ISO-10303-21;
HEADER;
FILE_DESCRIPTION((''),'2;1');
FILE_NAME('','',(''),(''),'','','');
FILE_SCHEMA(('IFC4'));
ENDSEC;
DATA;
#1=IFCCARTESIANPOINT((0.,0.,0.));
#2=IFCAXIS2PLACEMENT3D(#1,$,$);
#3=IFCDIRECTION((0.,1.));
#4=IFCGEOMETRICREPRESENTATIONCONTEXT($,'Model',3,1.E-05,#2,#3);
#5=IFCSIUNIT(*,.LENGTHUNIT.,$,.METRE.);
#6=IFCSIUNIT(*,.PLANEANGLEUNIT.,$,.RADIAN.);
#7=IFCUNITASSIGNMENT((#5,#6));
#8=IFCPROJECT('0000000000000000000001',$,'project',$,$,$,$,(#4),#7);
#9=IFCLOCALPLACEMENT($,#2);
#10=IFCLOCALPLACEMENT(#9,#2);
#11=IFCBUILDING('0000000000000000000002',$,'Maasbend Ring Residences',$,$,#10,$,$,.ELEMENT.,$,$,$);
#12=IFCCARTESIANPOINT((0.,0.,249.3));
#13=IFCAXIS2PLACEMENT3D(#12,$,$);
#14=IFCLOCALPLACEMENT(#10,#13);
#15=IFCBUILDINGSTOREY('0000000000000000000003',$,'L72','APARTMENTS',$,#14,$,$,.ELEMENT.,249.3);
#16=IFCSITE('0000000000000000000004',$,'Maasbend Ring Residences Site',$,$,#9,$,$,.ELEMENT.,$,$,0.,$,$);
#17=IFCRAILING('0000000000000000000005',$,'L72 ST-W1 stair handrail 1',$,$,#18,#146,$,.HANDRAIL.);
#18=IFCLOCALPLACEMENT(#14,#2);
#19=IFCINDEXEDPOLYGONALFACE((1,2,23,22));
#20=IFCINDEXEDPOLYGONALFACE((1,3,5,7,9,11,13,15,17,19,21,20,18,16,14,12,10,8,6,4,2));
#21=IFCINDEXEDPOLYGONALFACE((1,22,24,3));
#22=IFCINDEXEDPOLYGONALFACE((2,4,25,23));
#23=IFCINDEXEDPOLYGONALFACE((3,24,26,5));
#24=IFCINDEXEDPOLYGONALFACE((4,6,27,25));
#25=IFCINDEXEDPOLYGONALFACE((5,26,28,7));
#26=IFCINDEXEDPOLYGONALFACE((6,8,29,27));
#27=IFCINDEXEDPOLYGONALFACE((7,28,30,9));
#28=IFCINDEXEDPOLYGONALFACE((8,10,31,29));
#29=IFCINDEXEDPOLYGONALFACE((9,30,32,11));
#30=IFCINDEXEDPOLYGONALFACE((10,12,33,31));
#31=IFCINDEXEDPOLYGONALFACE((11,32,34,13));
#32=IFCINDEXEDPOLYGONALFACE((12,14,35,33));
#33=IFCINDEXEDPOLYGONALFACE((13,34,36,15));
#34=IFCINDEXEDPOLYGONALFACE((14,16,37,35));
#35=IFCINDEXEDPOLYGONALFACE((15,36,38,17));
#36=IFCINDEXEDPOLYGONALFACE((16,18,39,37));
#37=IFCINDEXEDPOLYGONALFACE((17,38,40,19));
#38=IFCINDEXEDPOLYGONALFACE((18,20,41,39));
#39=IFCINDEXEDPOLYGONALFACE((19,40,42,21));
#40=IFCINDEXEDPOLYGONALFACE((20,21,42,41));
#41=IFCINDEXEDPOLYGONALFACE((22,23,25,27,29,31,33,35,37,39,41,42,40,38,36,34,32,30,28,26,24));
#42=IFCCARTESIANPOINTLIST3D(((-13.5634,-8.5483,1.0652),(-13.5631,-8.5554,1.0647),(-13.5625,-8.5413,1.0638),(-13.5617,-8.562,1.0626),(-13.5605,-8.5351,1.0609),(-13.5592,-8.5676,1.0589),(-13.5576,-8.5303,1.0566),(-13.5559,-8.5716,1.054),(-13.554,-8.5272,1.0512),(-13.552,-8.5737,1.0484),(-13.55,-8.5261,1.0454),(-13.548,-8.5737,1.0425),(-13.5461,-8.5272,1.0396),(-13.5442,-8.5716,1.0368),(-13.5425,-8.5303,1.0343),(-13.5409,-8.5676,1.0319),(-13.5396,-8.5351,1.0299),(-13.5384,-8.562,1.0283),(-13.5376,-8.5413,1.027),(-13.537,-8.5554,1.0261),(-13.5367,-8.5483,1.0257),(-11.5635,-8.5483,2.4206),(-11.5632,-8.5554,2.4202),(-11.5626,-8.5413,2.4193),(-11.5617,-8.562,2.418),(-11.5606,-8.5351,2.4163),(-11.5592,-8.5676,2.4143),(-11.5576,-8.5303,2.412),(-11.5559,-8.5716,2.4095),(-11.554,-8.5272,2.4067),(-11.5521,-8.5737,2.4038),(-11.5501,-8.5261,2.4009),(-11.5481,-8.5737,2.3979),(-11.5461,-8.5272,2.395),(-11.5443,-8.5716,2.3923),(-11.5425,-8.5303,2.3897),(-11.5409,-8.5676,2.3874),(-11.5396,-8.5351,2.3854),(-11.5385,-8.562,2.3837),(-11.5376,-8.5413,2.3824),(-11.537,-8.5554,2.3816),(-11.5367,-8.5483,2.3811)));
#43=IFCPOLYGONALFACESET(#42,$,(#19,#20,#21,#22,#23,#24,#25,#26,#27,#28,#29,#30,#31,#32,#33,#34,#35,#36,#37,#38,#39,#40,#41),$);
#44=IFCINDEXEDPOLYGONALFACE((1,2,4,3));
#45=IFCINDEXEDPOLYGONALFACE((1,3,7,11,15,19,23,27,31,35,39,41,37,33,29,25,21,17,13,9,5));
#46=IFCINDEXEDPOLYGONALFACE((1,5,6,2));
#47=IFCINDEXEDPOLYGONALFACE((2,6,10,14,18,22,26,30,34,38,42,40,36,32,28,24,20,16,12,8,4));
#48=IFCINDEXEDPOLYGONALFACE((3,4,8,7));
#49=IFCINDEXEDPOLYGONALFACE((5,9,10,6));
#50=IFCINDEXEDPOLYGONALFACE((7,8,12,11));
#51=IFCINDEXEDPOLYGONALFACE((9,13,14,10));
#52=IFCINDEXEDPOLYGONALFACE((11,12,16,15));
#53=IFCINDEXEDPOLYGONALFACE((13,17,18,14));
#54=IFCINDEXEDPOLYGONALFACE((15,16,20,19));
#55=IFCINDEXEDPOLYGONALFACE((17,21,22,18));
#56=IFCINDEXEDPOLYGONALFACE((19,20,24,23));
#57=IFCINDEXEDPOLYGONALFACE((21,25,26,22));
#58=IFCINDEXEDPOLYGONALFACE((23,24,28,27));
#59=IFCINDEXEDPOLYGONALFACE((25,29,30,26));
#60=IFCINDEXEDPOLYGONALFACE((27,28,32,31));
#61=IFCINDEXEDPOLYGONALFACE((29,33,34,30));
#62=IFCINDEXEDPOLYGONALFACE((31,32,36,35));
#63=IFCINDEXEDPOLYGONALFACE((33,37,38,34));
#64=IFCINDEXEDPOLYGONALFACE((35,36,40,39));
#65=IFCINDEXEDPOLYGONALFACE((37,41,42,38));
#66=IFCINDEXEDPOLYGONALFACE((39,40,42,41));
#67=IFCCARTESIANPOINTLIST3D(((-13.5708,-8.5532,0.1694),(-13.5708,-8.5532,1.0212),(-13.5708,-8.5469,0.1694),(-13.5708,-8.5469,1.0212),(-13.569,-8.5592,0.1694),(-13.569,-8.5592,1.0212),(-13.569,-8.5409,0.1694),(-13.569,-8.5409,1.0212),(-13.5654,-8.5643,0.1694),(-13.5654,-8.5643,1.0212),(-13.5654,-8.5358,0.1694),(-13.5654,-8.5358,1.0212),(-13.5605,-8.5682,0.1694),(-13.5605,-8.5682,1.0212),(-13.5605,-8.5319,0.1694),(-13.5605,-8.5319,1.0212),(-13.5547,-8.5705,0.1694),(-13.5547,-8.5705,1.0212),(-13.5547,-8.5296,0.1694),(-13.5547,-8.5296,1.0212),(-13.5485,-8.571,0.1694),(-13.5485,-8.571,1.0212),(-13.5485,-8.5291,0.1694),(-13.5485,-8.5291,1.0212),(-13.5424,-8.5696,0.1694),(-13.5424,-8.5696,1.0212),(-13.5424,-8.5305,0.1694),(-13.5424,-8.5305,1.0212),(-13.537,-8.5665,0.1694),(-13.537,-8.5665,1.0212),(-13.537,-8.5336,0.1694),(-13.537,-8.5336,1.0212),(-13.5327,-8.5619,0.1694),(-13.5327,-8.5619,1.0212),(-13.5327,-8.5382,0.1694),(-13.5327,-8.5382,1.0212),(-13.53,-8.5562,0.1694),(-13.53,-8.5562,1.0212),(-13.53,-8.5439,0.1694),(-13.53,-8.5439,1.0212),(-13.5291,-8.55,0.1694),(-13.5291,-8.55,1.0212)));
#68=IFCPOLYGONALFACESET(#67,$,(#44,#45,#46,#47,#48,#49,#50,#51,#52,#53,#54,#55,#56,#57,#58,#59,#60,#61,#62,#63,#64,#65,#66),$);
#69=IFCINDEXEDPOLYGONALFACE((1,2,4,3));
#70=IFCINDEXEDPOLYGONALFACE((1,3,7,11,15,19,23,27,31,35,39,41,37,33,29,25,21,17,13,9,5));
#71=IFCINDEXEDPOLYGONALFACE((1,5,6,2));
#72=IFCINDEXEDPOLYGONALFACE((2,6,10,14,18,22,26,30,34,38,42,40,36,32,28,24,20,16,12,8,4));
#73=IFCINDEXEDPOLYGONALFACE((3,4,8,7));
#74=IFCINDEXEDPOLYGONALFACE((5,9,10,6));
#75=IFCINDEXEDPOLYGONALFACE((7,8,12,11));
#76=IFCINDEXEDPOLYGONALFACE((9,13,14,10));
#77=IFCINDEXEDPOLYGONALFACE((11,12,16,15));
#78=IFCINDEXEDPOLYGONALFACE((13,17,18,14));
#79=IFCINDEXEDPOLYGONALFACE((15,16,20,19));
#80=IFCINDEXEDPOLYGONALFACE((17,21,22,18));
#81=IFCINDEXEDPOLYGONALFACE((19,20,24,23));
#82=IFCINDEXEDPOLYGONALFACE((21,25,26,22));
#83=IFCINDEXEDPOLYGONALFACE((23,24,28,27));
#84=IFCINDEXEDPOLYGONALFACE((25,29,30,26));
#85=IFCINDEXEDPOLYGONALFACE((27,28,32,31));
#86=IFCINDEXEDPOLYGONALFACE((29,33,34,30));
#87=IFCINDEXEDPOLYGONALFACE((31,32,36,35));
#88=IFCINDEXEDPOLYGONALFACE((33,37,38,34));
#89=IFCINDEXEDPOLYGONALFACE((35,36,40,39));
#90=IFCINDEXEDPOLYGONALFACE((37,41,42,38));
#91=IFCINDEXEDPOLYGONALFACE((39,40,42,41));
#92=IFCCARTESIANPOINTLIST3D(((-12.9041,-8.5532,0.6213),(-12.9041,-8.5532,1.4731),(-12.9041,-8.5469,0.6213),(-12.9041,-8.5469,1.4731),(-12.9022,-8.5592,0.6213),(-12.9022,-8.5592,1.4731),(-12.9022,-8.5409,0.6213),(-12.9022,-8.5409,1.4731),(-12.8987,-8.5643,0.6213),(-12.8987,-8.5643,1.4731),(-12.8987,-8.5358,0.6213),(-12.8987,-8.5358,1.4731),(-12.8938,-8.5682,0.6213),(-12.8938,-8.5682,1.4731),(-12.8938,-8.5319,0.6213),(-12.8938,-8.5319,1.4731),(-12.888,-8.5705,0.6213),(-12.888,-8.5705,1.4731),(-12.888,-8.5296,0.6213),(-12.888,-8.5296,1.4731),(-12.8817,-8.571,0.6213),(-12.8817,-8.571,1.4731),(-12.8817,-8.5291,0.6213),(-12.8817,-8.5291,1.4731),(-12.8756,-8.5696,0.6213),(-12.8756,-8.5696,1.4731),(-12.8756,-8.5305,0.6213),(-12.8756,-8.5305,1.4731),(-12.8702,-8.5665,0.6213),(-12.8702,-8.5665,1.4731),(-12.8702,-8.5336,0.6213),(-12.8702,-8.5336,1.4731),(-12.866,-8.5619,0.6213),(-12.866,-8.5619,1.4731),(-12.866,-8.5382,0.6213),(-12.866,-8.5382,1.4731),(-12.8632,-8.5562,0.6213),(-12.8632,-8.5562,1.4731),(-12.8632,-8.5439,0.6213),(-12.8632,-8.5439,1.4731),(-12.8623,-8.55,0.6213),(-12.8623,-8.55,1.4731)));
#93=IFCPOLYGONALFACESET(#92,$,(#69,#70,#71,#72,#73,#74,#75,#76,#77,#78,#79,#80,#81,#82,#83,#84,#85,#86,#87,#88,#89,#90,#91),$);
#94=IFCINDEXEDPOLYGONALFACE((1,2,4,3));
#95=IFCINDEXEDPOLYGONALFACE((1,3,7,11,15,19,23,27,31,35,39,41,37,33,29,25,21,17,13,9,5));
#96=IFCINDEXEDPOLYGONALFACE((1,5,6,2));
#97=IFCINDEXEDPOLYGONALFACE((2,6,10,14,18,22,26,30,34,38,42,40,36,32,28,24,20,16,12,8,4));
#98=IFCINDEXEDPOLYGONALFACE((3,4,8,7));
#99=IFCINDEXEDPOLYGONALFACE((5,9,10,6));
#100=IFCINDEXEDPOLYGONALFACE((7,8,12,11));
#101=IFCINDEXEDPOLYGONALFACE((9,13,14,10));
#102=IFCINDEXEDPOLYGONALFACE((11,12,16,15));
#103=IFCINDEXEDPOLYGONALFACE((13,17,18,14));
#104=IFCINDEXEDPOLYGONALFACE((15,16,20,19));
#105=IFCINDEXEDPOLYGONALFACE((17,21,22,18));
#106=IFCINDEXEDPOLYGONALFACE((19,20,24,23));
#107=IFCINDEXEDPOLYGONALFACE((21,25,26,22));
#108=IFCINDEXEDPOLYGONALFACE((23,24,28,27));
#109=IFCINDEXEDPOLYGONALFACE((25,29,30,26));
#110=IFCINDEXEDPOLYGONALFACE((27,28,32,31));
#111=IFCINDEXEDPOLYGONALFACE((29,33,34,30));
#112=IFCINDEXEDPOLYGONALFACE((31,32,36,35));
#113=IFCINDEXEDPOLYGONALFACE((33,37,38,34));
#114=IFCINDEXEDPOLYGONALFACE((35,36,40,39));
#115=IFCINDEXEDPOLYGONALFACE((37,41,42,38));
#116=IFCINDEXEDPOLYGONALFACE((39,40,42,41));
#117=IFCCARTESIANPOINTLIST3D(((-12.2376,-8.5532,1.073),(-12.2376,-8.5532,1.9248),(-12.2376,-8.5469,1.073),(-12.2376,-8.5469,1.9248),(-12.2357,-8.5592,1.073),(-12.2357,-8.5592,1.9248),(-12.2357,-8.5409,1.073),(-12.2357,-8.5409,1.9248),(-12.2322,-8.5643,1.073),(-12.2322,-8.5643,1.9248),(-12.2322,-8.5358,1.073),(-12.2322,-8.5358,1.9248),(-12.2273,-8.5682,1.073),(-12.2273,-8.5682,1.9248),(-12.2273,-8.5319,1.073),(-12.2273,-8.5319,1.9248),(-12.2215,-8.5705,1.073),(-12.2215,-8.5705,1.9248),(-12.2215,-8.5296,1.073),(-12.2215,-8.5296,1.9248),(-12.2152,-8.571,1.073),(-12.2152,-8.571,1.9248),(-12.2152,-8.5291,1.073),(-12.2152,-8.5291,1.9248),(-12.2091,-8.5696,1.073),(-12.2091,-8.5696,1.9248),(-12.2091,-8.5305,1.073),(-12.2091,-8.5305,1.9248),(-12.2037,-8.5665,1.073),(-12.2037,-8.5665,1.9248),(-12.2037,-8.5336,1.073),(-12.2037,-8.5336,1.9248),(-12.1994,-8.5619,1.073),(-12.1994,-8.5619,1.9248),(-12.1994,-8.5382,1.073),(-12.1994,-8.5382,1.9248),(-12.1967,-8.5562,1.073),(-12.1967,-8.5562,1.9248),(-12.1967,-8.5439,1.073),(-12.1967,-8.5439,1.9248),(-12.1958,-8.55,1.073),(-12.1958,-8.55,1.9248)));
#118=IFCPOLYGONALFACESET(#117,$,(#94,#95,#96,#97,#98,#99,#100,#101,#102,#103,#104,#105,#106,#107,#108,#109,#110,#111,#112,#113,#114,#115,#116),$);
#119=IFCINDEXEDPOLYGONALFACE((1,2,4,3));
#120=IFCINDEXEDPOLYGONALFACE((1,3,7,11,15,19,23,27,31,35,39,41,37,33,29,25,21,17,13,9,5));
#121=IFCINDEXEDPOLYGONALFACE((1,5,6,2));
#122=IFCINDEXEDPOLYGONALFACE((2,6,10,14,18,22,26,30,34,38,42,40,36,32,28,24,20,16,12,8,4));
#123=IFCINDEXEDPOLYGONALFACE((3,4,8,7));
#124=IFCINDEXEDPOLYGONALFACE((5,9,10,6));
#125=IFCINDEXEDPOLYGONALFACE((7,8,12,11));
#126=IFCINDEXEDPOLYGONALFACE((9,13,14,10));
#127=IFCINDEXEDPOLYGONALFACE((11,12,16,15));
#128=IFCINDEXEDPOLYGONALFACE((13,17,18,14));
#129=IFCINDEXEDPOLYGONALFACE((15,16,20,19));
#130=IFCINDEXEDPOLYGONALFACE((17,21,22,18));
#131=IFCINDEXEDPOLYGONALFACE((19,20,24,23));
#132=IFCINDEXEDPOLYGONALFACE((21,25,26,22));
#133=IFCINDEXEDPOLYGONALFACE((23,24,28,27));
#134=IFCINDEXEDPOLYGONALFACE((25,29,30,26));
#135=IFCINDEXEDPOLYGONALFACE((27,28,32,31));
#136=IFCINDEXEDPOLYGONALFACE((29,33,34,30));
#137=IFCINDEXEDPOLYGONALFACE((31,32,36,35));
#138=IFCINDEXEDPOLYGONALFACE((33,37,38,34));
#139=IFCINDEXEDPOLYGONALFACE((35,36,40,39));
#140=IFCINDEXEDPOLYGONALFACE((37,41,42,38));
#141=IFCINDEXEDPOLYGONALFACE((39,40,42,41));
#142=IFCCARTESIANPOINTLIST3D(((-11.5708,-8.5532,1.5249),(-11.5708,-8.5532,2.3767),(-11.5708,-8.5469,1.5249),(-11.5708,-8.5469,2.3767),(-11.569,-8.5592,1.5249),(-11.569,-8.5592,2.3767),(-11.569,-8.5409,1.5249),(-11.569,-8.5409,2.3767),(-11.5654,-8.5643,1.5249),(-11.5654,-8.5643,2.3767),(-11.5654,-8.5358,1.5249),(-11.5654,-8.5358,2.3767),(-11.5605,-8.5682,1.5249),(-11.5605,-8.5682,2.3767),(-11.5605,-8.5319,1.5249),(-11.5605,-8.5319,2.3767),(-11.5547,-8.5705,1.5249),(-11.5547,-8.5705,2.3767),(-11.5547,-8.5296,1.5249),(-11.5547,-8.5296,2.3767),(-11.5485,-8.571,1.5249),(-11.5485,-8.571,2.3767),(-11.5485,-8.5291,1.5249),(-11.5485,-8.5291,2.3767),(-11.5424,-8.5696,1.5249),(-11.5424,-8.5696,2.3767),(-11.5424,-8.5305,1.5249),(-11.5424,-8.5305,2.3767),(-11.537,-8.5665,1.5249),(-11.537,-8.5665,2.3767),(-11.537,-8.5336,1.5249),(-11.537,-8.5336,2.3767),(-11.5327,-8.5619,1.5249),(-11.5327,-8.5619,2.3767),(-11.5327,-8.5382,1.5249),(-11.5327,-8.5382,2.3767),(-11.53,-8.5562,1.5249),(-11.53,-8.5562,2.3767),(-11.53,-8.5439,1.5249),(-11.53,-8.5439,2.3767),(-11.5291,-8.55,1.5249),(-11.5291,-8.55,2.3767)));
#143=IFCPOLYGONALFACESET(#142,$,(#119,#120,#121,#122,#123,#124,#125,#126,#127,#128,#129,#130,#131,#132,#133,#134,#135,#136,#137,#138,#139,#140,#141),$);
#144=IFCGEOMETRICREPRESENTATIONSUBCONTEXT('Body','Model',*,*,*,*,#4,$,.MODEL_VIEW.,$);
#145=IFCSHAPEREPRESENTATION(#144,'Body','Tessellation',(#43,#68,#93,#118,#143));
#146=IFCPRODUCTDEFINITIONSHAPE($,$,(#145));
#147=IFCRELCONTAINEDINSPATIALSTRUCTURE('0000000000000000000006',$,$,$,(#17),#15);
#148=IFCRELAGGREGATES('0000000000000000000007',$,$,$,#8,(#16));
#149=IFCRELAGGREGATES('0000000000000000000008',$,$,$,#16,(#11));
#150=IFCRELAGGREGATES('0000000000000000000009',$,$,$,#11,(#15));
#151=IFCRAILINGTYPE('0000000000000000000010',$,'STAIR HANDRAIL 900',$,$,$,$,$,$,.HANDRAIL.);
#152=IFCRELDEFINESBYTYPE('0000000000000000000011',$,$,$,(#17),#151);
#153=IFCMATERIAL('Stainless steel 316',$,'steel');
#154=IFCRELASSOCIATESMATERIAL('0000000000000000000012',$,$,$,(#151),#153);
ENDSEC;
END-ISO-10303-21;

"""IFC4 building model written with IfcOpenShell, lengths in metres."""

from ifc_helpers import new_model, si_unit, direction, frame, origin, origin_2d, place, context, subcontext, project, spatial, circle, extrude, material, type_object, element, save


model = new_model("IFC4")

# Units and contexts
model_context = context("Model", 3, precision=1e-05, world=origin(), true_north=direction((0.0, 1.0)))
body_context = subcontext(model_context, "Body", "Model", "MODEL_VIEW")
ifc_project = project(units=[si_unit("LENGTHUNIT", "METRE"), si_unit("PLANEANGLEUNIT", "RADIAN")], contexts=[model_context])

# Site, building, storey
site_placement = place(None, origin())
site = spatial("IfcSite", under=ifc_project, at=site_placement, Name="Maasbend Ring Residences Site", CompositionType="ELEMENT", RefElevation=0.0)
building_placement = place(site_placement, origin())
building = spatial("IfcBuilding", under=site, at=building_placement, Name="Maasbend Ring Residences", CompositionType="ELEMENT")
storey_placement = place(building_placement, frame((0.0, 0.0, 249.3)))
storey = spatial("IfcBuildingStorey", under=building, at=storey_placement, Name="L72", Description="APARTMENTS", CompositionType="ELEMENT", Elevation=249.3)

# Railing
ifc_material_1 = material(Name="Stainless steel 316", Category="steel")
railing_type_1 = type_object("IfcRailingType", Name="STAIR HANDRAIL 900", PredefinedType="HANDRAIL", material=ifc_material_1)
railing_1_placement = place(storey_placement, frame((-13.55, -8.55, 0.1694)))
element("IfcRailing", 1, at=railing_1_placement, inside=storey, type_object=railing_type_1, Name="L72 ST-W1 stair handrail 1", PredefinedType="HANDRAIL", context=body_context, shape_type="SweptSolid", body=[
    extrude(circle(Radius=0.0239, at=origin_2d()), frame((0.0, 0.0, 0.876), z_axis=(0.827798, 0.0, 0.561027), x_axis=(0.0, 1.0, 0.0)), (0.0, 0.0, 1.0), 2.416),
    extrude(circle(Radius=0.021, at=origin_2d()), origin(), (0.0, 0.0, 1.0), 0.8518),
    extrude(circle(Radius=0.021, at=origin_2d()), frame((0.6667, 0.0, 0.4519)), (0.0, 0.0, 1.0), 0.8518),
    extrude(circle(Radius=0.021, at=origin_2d()), frame((1.3333, 0.0, 0.9036)), (0.0, 0.0, 1.0), 0.8518),
    extrude(circle(Radius=0.021, at=origin_2d()), frame((2.0, 0.0, 1.3555)), (0.0, 0.0, 1.0), 0.8518),
])

save(model, "model.ifc")
